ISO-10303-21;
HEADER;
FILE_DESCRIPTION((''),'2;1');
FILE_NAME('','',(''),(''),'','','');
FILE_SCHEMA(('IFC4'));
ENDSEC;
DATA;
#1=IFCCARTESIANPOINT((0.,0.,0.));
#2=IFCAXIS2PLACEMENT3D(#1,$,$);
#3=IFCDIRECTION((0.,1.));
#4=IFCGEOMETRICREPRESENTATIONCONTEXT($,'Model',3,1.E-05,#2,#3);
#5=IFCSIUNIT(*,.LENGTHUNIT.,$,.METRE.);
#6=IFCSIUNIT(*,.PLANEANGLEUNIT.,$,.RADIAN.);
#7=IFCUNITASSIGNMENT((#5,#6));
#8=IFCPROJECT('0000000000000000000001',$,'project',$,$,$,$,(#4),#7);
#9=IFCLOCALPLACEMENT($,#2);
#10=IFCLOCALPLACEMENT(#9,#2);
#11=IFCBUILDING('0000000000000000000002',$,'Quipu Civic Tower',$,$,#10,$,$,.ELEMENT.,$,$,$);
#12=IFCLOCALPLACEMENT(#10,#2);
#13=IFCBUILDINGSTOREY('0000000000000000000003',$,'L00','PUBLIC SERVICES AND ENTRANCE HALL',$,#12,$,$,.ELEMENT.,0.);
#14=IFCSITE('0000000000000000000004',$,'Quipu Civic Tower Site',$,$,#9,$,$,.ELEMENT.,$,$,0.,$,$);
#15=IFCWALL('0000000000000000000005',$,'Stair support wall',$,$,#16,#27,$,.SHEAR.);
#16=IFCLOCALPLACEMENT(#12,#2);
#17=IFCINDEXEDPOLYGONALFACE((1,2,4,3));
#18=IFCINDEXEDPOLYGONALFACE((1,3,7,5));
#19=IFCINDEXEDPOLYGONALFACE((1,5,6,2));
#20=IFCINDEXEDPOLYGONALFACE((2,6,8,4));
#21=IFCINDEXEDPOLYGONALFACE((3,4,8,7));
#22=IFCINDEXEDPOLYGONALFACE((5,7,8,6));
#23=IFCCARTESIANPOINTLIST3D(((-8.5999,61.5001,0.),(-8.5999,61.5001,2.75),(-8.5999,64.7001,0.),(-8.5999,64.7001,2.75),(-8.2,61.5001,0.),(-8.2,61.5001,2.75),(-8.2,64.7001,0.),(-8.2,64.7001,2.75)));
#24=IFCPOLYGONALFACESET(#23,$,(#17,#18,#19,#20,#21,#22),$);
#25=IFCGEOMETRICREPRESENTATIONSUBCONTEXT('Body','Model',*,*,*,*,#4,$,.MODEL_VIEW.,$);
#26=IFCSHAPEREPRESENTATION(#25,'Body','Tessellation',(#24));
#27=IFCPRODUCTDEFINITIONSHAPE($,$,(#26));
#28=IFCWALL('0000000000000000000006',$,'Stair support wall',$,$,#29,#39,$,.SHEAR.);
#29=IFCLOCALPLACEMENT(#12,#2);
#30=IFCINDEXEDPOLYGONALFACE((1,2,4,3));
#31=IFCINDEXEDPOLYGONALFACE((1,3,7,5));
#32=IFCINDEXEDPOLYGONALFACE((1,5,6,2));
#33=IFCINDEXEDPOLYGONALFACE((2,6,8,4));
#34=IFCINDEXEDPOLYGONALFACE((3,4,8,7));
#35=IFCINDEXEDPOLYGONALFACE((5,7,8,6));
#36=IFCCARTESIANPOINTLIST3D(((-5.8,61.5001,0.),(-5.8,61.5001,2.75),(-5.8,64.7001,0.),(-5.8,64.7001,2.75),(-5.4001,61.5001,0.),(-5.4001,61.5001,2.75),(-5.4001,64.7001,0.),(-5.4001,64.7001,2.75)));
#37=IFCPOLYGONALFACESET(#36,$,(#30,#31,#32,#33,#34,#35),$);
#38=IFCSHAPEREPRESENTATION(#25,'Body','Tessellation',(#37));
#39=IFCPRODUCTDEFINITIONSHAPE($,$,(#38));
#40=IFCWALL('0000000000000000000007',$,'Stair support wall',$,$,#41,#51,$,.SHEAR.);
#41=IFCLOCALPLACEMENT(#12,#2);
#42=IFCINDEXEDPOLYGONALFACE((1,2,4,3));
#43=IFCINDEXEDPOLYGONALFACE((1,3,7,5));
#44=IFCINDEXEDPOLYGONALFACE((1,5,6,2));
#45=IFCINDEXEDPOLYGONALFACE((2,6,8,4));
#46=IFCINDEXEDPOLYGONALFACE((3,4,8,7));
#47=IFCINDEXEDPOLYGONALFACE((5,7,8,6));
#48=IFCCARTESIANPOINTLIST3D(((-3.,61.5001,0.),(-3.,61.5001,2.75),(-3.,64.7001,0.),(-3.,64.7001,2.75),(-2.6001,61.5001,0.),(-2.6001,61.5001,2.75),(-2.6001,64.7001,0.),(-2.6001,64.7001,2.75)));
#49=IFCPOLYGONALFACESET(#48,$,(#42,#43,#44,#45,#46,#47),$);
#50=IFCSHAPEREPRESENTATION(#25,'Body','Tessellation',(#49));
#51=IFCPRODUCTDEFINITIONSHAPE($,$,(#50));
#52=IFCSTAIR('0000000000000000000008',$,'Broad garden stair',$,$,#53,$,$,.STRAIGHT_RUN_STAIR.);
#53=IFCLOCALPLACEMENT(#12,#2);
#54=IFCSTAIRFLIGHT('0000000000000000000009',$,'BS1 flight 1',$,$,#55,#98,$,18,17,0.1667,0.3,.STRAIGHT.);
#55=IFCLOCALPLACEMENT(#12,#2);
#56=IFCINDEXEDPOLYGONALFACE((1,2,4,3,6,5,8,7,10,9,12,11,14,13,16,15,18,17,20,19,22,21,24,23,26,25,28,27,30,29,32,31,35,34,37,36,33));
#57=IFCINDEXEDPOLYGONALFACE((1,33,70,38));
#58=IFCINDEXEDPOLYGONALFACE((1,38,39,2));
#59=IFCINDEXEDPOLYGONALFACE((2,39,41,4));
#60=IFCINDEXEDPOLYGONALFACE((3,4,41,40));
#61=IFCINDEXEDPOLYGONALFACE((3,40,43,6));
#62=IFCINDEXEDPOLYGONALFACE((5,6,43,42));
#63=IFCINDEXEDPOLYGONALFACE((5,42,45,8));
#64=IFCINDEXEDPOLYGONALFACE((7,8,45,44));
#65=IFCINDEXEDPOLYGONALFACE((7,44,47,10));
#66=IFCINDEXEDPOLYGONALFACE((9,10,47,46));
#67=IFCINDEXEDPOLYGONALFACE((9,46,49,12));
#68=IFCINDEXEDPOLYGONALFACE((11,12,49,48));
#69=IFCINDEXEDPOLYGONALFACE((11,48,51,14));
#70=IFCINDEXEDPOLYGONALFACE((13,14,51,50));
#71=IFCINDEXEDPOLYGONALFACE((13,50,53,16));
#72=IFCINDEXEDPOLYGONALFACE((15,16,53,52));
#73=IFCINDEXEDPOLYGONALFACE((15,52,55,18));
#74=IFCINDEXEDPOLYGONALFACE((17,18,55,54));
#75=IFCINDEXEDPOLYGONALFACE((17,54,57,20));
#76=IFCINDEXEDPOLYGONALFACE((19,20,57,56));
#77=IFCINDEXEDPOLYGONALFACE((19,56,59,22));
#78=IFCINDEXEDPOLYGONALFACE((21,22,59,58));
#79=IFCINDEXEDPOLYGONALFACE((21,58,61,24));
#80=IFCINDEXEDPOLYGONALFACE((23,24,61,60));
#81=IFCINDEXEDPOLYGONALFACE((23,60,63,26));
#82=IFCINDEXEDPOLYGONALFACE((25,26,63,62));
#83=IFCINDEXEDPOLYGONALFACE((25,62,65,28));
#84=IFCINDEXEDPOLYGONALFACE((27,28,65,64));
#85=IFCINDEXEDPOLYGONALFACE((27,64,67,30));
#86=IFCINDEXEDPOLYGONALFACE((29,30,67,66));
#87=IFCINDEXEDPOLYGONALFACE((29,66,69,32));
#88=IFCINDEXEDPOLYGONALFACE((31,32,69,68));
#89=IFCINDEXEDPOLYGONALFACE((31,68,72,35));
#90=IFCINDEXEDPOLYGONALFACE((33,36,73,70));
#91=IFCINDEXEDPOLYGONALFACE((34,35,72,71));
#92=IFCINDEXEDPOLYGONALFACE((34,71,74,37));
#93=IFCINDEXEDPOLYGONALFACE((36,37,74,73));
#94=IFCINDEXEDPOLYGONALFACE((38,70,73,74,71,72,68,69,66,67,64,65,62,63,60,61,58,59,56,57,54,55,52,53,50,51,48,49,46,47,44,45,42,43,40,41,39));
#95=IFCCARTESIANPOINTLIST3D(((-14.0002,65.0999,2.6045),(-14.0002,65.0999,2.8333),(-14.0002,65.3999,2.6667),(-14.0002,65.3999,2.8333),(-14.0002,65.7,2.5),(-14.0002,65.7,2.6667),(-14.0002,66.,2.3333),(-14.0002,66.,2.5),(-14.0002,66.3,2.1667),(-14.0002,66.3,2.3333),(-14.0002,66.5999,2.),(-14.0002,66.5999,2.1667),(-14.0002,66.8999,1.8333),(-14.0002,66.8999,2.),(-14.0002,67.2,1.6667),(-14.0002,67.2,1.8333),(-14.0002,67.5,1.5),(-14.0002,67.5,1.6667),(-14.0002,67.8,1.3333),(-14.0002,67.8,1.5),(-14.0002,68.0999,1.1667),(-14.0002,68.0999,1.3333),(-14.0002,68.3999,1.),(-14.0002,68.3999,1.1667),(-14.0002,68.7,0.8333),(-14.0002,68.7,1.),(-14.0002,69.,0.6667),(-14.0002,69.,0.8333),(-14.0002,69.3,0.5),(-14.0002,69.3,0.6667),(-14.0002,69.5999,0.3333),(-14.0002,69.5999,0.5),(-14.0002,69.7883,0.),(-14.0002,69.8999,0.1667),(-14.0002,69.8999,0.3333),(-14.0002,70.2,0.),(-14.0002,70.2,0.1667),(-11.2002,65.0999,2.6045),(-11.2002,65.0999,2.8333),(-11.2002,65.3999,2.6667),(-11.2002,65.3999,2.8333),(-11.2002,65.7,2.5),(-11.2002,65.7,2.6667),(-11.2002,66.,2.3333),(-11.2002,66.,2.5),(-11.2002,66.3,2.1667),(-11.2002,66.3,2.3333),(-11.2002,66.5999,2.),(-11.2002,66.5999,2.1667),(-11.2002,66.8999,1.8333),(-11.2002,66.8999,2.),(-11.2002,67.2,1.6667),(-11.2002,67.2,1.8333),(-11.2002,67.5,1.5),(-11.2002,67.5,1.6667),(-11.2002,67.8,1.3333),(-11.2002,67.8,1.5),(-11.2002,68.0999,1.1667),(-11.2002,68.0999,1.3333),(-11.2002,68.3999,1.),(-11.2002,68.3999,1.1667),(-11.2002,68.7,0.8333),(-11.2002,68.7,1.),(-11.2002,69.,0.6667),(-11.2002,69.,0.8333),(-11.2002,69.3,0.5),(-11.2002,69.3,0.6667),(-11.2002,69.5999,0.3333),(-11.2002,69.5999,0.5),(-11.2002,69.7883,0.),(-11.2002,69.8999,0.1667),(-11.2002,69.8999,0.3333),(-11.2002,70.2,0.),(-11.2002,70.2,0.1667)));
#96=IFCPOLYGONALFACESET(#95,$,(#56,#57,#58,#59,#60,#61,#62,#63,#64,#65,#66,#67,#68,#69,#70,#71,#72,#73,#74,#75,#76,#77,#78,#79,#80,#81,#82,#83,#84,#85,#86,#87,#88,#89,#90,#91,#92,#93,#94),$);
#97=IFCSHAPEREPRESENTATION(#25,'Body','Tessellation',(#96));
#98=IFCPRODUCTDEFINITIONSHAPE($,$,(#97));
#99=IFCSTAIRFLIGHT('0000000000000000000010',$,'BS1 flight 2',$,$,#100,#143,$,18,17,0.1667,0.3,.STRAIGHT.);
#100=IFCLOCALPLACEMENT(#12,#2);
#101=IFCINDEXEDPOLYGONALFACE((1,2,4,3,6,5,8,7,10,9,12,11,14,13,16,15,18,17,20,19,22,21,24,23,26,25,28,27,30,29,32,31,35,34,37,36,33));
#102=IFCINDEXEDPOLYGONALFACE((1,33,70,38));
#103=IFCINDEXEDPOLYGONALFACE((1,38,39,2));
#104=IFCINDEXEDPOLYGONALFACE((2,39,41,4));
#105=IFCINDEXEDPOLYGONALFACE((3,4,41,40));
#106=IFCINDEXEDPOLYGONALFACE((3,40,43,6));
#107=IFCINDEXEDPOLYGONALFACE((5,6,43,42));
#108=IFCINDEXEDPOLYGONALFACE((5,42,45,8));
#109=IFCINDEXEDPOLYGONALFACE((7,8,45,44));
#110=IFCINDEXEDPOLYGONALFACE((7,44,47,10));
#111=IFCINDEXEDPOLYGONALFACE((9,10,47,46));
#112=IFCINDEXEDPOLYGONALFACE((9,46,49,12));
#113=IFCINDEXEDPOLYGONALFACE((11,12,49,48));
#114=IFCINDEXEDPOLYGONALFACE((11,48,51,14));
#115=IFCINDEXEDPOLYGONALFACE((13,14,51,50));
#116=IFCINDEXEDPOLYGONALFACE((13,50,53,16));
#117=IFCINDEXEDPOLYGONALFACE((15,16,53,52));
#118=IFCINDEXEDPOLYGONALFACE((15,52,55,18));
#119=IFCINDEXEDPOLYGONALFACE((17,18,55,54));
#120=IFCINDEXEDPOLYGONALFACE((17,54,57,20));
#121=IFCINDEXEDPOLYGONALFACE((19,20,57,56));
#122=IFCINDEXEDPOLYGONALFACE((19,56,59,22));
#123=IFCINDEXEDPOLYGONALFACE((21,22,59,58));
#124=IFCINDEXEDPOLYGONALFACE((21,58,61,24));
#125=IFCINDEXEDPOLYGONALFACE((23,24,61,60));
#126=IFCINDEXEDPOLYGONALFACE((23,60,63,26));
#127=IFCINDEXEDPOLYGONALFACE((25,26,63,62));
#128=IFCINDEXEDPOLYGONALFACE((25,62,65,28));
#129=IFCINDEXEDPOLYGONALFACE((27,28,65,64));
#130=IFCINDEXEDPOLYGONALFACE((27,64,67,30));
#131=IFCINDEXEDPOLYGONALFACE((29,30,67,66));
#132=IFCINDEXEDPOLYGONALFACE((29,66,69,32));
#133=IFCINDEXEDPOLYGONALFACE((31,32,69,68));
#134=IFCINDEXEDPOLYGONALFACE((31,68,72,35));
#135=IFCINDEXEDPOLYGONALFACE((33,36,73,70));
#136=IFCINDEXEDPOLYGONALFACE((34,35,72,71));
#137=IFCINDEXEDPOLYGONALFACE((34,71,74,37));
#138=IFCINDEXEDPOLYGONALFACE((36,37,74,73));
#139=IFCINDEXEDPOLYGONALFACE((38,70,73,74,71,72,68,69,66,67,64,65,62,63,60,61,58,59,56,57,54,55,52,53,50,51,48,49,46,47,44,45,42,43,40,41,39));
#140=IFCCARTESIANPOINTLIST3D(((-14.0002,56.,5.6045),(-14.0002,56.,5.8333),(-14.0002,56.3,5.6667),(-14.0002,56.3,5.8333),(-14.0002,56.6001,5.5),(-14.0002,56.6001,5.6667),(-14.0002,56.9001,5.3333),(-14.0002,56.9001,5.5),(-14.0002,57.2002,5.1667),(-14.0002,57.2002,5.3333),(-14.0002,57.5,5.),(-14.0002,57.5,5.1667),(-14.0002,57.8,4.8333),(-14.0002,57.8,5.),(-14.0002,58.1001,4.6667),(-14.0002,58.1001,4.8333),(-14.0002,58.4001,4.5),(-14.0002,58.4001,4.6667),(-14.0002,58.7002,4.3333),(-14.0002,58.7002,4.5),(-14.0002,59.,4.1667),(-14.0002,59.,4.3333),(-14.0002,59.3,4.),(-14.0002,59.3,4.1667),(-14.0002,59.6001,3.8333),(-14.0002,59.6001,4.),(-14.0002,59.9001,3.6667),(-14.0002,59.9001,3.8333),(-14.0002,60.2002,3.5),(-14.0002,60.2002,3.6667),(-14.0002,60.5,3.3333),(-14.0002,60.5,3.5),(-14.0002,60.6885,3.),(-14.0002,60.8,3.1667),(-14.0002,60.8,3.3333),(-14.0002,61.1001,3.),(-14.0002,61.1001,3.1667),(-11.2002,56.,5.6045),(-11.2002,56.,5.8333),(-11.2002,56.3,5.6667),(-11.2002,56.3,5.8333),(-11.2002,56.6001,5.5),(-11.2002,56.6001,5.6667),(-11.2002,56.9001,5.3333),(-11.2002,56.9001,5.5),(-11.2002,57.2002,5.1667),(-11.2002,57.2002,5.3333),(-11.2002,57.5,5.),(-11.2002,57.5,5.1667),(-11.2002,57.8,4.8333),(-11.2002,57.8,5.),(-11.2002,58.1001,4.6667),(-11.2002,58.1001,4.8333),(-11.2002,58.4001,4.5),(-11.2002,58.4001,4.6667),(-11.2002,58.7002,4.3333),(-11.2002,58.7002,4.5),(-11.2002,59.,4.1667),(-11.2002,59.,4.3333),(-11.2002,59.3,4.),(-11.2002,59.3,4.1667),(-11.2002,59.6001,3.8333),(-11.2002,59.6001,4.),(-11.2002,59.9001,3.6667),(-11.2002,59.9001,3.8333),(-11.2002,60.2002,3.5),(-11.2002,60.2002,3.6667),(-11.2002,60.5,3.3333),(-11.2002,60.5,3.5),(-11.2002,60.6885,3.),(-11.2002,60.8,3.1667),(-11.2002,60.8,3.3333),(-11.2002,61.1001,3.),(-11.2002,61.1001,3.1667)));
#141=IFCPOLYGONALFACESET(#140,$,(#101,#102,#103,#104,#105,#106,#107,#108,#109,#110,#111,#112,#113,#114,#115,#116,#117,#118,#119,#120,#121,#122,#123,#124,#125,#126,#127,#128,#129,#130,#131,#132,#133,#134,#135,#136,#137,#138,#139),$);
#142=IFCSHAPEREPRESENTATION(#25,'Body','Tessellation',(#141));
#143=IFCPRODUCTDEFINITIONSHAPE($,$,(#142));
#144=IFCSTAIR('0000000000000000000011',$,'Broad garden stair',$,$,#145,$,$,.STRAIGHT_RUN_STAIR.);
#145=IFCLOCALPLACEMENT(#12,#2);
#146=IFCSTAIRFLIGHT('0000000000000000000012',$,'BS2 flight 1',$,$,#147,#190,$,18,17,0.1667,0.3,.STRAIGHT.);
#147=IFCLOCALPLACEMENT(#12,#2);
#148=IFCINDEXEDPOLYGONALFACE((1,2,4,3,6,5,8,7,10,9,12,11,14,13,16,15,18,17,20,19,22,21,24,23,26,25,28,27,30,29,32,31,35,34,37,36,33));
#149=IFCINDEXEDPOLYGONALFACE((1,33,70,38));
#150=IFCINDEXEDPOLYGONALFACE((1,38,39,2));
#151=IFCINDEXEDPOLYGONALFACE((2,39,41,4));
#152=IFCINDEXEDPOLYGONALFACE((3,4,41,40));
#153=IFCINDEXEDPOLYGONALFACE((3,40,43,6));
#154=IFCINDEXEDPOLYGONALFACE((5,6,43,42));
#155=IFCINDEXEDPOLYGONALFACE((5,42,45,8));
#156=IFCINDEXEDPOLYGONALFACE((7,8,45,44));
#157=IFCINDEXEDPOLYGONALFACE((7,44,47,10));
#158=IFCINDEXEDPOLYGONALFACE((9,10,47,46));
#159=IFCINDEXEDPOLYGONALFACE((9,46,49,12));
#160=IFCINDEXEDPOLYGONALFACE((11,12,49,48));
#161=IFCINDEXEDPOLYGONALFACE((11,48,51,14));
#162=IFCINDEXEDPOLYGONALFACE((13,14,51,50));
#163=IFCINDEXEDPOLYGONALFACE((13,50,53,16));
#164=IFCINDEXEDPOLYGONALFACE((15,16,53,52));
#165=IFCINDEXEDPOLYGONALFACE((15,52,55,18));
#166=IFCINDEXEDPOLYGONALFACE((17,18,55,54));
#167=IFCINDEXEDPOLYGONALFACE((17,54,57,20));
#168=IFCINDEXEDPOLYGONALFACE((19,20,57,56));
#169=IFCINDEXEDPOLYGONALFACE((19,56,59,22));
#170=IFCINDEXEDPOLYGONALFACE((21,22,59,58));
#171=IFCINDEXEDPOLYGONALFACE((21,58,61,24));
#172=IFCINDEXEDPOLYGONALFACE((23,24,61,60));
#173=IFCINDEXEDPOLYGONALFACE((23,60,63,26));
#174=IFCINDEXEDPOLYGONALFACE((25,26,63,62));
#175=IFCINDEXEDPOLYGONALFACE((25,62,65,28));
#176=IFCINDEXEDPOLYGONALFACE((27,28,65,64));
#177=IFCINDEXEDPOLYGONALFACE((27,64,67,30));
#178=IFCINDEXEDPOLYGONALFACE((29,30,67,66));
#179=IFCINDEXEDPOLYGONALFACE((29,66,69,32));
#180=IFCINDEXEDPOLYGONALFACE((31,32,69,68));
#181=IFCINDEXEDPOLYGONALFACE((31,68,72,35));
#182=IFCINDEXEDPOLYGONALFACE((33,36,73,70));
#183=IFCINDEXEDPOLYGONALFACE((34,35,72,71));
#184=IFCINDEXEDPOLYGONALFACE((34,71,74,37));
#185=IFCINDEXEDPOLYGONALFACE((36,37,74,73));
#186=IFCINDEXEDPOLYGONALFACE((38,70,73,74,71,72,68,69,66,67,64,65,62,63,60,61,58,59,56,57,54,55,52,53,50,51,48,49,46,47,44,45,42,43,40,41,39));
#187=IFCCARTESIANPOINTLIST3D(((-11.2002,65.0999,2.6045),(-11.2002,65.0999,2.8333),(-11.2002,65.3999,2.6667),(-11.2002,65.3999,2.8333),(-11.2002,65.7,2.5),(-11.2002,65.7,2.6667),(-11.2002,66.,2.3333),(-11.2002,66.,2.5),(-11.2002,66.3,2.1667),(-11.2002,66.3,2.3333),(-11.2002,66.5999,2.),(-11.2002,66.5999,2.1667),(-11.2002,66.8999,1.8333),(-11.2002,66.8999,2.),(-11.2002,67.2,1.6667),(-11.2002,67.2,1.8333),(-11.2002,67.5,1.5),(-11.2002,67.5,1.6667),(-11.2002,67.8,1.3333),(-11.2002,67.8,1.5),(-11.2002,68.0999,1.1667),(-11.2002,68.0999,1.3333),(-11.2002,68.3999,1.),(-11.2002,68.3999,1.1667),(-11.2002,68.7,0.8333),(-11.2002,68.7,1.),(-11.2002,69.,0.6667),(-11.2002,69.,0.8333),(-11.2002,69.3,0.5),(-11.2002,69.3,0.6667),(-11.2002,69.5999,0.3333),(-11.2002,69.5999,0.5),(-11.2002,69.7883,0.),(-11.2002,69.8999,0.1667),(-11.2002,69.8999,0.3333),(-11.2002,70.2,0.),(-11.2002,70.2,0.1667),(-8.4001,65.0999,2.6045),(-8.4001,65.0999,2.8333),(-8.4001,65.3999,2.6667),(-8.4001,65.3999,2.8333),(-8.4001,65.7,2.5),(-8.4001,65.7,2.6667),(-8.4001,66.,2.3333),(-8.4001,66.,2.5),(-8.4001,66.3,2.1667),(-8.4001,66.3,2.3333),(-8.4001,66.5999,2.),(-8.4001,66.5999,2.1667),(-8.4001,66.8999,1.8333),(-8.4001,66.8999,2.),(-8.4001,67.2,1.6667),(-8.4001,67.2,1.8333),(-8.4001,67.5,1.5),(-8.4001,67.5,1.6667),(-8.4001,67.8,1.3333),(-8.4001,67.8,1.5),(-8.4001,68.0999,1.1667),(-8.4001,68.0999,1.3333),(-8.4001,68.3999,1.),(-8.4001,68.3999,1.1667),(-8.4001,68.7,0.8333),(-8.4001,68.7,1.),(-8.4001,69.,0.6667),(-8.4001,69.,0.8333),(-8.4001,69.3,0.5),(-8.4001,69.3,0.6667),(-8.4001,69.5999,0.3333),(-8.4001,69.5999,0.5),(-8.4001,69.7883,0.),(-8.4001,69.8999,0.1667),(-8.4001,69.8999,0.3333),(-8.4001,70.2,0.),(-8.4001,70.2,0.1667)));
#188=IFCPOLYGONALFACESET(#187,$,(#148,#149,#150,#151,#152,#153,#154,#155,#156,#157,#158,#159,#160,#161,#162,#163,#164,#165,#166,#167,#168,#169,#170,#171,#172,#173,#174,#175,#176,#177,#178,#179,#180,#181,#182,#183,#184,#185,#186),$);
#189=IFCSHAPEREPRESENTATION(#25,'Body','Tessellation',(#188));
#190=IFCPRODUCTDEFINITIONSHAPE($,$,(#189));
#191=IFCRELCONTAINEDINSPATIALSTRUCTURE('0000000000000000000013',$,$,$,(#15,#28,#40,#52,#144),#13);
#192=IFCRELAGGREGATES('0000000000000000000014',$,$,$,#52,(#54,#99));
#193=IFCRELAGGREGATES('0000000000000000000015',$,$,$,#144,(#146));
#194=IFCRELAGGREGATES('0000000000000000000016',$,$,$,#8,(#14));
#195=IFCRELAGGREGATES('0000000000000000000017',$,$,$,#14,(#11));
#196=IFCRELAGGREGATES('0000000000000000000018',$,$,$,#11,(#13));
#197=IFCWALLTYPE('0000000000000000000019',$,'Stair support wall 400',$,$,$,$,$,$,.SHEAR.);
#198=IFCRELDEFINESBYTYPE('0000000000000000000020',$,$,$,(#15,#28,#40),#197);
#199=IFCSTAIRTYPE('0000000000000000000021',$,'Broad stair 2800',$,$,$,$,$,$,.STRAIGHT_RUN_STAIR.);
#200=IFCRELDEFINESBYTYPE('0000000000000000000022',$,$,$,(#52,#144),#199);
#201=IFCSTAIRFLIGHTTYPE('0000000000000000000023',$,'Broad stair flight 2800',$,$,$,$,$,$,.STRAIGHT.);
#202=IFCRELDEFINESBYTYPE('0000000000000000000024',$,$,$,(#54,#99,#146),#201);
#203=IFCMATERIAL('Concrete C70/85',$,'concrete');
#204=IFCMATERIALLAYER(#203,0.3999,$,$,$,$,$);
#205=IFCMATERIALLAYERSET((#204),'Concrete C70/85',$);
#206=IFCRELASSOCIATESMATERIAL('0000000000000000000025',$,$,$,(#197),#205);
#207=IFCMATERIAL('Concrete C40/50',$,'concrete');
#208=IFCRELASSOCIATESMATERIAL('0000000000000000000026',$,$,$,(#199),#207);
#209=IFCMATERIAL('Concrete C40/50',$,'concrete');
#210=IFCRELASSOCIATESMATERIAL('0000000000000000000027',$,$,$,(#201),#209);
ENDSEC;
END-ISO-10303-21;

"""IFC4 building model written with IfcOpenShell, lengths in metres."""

from ifc_helpers import new_model, si_unit, direction, frame, frame_2d, origin, place, context, subcontext, project, spatial, polyline, rectangle, outline, extrude, material, layer, layer_set, type_object, element, aggregate, save


model = new_model("IFC4")

# Units and contexts
model_context = context("Model", 3, precision=1e-05, world=origin(), true_north=direction((0.0, 1.0)))
body_context = subcontext(model_context, "Body", "Model", "MODEL_VIEW")
ifc_project = project(units=[si_unit("LENGTHUNIT", "METRE"), si_unit("PLANEANGLEUNIT", "RADIAN")], contexts=[model_context])

# Site, building, storey
site_placement = place(None, origin())
site = spatial("IfcSite", under=ifc_project, at=site_placement, Name="Quipu Civic Tower Site", CompositionType="ELEMENT", RefElevation=0.0)
building_placement = place(site_placement, origin())
building = spatial("IfcBuilding", under=site, at=building_placement, Name="Quipu Civic Tower", CompositionType="ELEMENT")
storey_placement = place(building_placement, origin())
storey = spatial("IfcBuildingStorey", under=building, at=storey_placement, Name="L00", Description="PUBLIC SERVICES AND ENTRANCE HALL", CompositionType="ELEMENT", Elevation=0.0)

# Walls
ifc_material_1 = material(Name="Concrete C70/85", Category="concrete")
ifc_layer_1 = layer(ifc_material_1, 0.3999)
ifc_layer_set_1 = layer_set([ifc_layer_1], Name="Concrete C70/85")
wall_type = type_object("IfcWallType", Name="Stair support wall 400", PredefinedType="SHEAR", material=ifc_layer_set_1)
for number, where, z_axis, x_axis, name in (
    (1, (-8.3999, 61.5, 0.0), (0.0, 0.0, 1.0), (0.0, 1.0, 0.0), "Stair support wall"),
    (2, (-5.6001, 61.5, 0.0), (0.0, 0.0, 1.0), (0.0, 1.0, 0.0), "Stair support wall"),
    (3, (-2.8, 61.5, 0.0), (0.0, 0.0, 1.0), (0.0, 1.0, 0.0), "Stair support wall"),
):
    element("IfcWall", number, at=place(storey_placement, frame(where, z_axis=z_axis, x_axis=x_axis)), inside=storey, type_object=wall_type, Name=name, PredefinedType="SHEAR", context=body_context, shape_type="SweptSolid", body=[
        extrude(rectangle(XDim=3.2, YDim=0.3999, at=frame_2d((1.6001, 0.0))), origin(), (0.0, 0.0, 1.0), 2.75),
    ])

# Stairs, stair flights
ifc_material_2 = material(Name="Concrete C40/50", Category="concrete")
stair_type = type_object("IfcStairType", Name="Broad stair 2800", PredefinedType="STRAIGHT_RUN_STAIR", material=ifc_material_2)
stair_1_placement = place(storey_placement, origin())
stair_1 = element("IfcStair", 4, at=stair_1_placement, inside=storey, type_object=stair_type, Name="Broad garden stair", PredefinedType="STRAIGHT_RUN_STAIR")
ifc_material_3 = material(Name="Concrete C40/50", Category="concrete")
stair_flight_type = type_object("IfcStairFlightType", Name="Broad stair flight 2800", PredefinedType="STRAIGHT", material=ifc_material_3)
stair_flight_1_placement = place(storey_placement, frame((-12.6001, 70.2, 0.0), z_axis=(0.0, 0.0, 1.0), x_axis=(0.0, -1.0, 0.0)))
stair_flight_1 = element("IfcStairFlight", 5, at=stair_flight_1_placement, type_object=stair_flight_type, Name="BS1 flight 1", NumberOfRisers=18, NumberOfTreads=17, PredefinedType="STRAIGHT", RiserHeight=0.1667, TreadLength=0.3, context=body_context, shape_type="SweptSolid", body=[
    extrude(outline(polyline([(0.0, 0.0), (0.0, 0.1667), (0.3, 0.1667), (0.3, 0.3333), (0.6001, 0.3333), (0.6001, 0.5), (0.8999, 0.5), (0.8999, 0.6667), (1.2, 0.6667), (1.2, 0.8333), (1.5, 0.8333), (1.5, 1.0), (1.8, 1.0), (1.8, 1.1667), (2.1001, 1.1667), (2.1001, 1.3333), (2.3999, 1.3333), (2.3999, 1.5), (2.7, 1.5), (2.7, 1.6667), (3.0, 1.6667), (3.0, 1.8333), (3.3, 1.8333), (3.3, 2.0), (3.6001, 2.0), (3.6001, 2.1667), (3.8999, 2.1667), (3.8999, 2.3333), (4.2, 2.3333), (4.2, 2.5), (4.5, 2.5), (4.5, 2.6667), (4.8, 2.6667), (4.8, 2.8333), (5.1001, 2.8333), (5.1001, 3.0), (5.1001, 2.6045), (0.4116, 0.0), (0.0, 0.0)])), frame((0.0, 1.3999, 0.0), z_axis=(0.0, -1.0, 0.0), x_axis=(1.0, 0.0, 0.0)), (0.0, 0.0, 1.0), 2.8),
])
stair_flight_2_placement = place(storey_placement, frame((-12.6001, 61.1001, 3.0), z_axis=(0.0, 0.0, 1.0), x_axis=(0.0, -1.0, 0.0)))
stair_flight_2 = element("IfcStairFlight", 6, at=stair_flight_2_placement, type_object=stair_flight_type, Name="BS1 flight 2", NumberOfRisers=18, NumberOfTreads=17, PredefinedType="STRAIGHT", RiserHeight=0.1667, TreadLength=0.3, context=body_context, shape_type="SweptSolid", body=[
    extrude(outline(polyline([(0.0, 0.0), (0.0, 0.1667), (0.3, 0.1667), (0.3, 0.3333), (0.6001, 0.3333), (0.6001, 0.5), (0.8999, 0.5), (0.8999, 0.6667), (1.2, 0.6667), (1.2, 0.8333), (1.5, 0.8333), (1.5, 1.0), (1.8, 1.0), (1.8, 1.1667), (2.1001, 1.1667), (2.1001, 1.3333), (2.3999, 1.3333), (2.3999, 1.5), (2.7, 1.5), (2.7, 1.6667), (3.0, 1.6667), (3.0, 1.8333), (3.3, 1.8333), (3.3, 2.0), (3.6001, 2.0), (3.6001, 2.1667), (3.8999, 2.1667), (3.8999, 2.3333), (4.2, 2.3333), (4.2, 2.5), (4.5, 2.5), (4.5, 2.6667), (4.8, 2.6667), (4.8, 2.8333), (5.1001, 2.8333), (5.1001, 3.0), (5.1001, 2.6045), (0.4116, 0.0), (0.0, 0.0)])), frame((0.0, 1.3999, 0.0), z_axis=(0.0, -1.0, 0.0), x_axis=(1.0, 0.0, 0.0)), (0.0, 0.0, 1.0), 2.8),
])
aggregate(stair_1, [stair_flight_1, stair_flight_2])
stair_2_placement = place(storey_placement, origin())
stair_2 = element("IfcStair", 7, at=stair_2_placement, inside=storey, type_object=stair_type, Name="Broad garden stair", PredefinedType="STRAIGHT_RUN_STAIR")
stair_flight_3_placement = place(storey_placement, frame((-9.8, 70.2, 0.0), z_axis=(0.0, 0.0, 1.0), x_axis=(0.0, -1.0, 0.0)))
stair_flight_3 = element("IfcStairFlight", 8, at=stair_flight_3_placement, type_object=stair_flight_type, Name="BS2 flight 1", NumberOfRisers=18, NumberOfTreads=17, PredefinedType="STRAIGHT", RiserHeight=0.1667, TreadLength=0.3, context=body_context, shape_type="SweptSolid", body=[
    extrude(outline(polyline([(0.0, 0.0), (0.0, 0.1667), (0.3, 0.1667), (0.3, 0.3333), (0.6001, 0.3333), (0.6001, 0.5), (0.8999, 0.5), (0.8999, 0.6667), (1.2, 0.6667), (1.2, 0.8333), (1.5, 0.8333), (1.5, 1.0), (1.8, 1.0), (1.8, 1.1667), (2.1001, 1.1667), (2.1001, 1.3333), (2.3999, 1.3333), (2.3999, 1.5), (2.7, 1.5), (2.7, 1.6667), (3.0, 1.6667), (3.0, 1.8333), (3.3, 1.8333), (3.3, 2.0), (3.6001, 2.0), (3.6001, 2.1667), (3.8999, 2.1667), (3.8999, 2.3333), (4.2, 2.3333), (4.2, 2.5), (4.5, 2.5), (4.5, 2.6667), (4.8, 2.6667), (4.8, 2.8333), (5.1001, 2.8333), (5.1001, 3.0), (5.1001, 2.6045), (0.4116, 0.0), (0.0, 0.0)])), frame((0.0, 1.3999, 0.0), z_axis=(0.0, -1.0, 0.0), x_axis=(1.0, 0.0, 0.0)), (0.0, 0.0, 1.0), 2.8),
])
aggregate(stair_2, [stair_flight_3])

save(model, "model.ifc")
